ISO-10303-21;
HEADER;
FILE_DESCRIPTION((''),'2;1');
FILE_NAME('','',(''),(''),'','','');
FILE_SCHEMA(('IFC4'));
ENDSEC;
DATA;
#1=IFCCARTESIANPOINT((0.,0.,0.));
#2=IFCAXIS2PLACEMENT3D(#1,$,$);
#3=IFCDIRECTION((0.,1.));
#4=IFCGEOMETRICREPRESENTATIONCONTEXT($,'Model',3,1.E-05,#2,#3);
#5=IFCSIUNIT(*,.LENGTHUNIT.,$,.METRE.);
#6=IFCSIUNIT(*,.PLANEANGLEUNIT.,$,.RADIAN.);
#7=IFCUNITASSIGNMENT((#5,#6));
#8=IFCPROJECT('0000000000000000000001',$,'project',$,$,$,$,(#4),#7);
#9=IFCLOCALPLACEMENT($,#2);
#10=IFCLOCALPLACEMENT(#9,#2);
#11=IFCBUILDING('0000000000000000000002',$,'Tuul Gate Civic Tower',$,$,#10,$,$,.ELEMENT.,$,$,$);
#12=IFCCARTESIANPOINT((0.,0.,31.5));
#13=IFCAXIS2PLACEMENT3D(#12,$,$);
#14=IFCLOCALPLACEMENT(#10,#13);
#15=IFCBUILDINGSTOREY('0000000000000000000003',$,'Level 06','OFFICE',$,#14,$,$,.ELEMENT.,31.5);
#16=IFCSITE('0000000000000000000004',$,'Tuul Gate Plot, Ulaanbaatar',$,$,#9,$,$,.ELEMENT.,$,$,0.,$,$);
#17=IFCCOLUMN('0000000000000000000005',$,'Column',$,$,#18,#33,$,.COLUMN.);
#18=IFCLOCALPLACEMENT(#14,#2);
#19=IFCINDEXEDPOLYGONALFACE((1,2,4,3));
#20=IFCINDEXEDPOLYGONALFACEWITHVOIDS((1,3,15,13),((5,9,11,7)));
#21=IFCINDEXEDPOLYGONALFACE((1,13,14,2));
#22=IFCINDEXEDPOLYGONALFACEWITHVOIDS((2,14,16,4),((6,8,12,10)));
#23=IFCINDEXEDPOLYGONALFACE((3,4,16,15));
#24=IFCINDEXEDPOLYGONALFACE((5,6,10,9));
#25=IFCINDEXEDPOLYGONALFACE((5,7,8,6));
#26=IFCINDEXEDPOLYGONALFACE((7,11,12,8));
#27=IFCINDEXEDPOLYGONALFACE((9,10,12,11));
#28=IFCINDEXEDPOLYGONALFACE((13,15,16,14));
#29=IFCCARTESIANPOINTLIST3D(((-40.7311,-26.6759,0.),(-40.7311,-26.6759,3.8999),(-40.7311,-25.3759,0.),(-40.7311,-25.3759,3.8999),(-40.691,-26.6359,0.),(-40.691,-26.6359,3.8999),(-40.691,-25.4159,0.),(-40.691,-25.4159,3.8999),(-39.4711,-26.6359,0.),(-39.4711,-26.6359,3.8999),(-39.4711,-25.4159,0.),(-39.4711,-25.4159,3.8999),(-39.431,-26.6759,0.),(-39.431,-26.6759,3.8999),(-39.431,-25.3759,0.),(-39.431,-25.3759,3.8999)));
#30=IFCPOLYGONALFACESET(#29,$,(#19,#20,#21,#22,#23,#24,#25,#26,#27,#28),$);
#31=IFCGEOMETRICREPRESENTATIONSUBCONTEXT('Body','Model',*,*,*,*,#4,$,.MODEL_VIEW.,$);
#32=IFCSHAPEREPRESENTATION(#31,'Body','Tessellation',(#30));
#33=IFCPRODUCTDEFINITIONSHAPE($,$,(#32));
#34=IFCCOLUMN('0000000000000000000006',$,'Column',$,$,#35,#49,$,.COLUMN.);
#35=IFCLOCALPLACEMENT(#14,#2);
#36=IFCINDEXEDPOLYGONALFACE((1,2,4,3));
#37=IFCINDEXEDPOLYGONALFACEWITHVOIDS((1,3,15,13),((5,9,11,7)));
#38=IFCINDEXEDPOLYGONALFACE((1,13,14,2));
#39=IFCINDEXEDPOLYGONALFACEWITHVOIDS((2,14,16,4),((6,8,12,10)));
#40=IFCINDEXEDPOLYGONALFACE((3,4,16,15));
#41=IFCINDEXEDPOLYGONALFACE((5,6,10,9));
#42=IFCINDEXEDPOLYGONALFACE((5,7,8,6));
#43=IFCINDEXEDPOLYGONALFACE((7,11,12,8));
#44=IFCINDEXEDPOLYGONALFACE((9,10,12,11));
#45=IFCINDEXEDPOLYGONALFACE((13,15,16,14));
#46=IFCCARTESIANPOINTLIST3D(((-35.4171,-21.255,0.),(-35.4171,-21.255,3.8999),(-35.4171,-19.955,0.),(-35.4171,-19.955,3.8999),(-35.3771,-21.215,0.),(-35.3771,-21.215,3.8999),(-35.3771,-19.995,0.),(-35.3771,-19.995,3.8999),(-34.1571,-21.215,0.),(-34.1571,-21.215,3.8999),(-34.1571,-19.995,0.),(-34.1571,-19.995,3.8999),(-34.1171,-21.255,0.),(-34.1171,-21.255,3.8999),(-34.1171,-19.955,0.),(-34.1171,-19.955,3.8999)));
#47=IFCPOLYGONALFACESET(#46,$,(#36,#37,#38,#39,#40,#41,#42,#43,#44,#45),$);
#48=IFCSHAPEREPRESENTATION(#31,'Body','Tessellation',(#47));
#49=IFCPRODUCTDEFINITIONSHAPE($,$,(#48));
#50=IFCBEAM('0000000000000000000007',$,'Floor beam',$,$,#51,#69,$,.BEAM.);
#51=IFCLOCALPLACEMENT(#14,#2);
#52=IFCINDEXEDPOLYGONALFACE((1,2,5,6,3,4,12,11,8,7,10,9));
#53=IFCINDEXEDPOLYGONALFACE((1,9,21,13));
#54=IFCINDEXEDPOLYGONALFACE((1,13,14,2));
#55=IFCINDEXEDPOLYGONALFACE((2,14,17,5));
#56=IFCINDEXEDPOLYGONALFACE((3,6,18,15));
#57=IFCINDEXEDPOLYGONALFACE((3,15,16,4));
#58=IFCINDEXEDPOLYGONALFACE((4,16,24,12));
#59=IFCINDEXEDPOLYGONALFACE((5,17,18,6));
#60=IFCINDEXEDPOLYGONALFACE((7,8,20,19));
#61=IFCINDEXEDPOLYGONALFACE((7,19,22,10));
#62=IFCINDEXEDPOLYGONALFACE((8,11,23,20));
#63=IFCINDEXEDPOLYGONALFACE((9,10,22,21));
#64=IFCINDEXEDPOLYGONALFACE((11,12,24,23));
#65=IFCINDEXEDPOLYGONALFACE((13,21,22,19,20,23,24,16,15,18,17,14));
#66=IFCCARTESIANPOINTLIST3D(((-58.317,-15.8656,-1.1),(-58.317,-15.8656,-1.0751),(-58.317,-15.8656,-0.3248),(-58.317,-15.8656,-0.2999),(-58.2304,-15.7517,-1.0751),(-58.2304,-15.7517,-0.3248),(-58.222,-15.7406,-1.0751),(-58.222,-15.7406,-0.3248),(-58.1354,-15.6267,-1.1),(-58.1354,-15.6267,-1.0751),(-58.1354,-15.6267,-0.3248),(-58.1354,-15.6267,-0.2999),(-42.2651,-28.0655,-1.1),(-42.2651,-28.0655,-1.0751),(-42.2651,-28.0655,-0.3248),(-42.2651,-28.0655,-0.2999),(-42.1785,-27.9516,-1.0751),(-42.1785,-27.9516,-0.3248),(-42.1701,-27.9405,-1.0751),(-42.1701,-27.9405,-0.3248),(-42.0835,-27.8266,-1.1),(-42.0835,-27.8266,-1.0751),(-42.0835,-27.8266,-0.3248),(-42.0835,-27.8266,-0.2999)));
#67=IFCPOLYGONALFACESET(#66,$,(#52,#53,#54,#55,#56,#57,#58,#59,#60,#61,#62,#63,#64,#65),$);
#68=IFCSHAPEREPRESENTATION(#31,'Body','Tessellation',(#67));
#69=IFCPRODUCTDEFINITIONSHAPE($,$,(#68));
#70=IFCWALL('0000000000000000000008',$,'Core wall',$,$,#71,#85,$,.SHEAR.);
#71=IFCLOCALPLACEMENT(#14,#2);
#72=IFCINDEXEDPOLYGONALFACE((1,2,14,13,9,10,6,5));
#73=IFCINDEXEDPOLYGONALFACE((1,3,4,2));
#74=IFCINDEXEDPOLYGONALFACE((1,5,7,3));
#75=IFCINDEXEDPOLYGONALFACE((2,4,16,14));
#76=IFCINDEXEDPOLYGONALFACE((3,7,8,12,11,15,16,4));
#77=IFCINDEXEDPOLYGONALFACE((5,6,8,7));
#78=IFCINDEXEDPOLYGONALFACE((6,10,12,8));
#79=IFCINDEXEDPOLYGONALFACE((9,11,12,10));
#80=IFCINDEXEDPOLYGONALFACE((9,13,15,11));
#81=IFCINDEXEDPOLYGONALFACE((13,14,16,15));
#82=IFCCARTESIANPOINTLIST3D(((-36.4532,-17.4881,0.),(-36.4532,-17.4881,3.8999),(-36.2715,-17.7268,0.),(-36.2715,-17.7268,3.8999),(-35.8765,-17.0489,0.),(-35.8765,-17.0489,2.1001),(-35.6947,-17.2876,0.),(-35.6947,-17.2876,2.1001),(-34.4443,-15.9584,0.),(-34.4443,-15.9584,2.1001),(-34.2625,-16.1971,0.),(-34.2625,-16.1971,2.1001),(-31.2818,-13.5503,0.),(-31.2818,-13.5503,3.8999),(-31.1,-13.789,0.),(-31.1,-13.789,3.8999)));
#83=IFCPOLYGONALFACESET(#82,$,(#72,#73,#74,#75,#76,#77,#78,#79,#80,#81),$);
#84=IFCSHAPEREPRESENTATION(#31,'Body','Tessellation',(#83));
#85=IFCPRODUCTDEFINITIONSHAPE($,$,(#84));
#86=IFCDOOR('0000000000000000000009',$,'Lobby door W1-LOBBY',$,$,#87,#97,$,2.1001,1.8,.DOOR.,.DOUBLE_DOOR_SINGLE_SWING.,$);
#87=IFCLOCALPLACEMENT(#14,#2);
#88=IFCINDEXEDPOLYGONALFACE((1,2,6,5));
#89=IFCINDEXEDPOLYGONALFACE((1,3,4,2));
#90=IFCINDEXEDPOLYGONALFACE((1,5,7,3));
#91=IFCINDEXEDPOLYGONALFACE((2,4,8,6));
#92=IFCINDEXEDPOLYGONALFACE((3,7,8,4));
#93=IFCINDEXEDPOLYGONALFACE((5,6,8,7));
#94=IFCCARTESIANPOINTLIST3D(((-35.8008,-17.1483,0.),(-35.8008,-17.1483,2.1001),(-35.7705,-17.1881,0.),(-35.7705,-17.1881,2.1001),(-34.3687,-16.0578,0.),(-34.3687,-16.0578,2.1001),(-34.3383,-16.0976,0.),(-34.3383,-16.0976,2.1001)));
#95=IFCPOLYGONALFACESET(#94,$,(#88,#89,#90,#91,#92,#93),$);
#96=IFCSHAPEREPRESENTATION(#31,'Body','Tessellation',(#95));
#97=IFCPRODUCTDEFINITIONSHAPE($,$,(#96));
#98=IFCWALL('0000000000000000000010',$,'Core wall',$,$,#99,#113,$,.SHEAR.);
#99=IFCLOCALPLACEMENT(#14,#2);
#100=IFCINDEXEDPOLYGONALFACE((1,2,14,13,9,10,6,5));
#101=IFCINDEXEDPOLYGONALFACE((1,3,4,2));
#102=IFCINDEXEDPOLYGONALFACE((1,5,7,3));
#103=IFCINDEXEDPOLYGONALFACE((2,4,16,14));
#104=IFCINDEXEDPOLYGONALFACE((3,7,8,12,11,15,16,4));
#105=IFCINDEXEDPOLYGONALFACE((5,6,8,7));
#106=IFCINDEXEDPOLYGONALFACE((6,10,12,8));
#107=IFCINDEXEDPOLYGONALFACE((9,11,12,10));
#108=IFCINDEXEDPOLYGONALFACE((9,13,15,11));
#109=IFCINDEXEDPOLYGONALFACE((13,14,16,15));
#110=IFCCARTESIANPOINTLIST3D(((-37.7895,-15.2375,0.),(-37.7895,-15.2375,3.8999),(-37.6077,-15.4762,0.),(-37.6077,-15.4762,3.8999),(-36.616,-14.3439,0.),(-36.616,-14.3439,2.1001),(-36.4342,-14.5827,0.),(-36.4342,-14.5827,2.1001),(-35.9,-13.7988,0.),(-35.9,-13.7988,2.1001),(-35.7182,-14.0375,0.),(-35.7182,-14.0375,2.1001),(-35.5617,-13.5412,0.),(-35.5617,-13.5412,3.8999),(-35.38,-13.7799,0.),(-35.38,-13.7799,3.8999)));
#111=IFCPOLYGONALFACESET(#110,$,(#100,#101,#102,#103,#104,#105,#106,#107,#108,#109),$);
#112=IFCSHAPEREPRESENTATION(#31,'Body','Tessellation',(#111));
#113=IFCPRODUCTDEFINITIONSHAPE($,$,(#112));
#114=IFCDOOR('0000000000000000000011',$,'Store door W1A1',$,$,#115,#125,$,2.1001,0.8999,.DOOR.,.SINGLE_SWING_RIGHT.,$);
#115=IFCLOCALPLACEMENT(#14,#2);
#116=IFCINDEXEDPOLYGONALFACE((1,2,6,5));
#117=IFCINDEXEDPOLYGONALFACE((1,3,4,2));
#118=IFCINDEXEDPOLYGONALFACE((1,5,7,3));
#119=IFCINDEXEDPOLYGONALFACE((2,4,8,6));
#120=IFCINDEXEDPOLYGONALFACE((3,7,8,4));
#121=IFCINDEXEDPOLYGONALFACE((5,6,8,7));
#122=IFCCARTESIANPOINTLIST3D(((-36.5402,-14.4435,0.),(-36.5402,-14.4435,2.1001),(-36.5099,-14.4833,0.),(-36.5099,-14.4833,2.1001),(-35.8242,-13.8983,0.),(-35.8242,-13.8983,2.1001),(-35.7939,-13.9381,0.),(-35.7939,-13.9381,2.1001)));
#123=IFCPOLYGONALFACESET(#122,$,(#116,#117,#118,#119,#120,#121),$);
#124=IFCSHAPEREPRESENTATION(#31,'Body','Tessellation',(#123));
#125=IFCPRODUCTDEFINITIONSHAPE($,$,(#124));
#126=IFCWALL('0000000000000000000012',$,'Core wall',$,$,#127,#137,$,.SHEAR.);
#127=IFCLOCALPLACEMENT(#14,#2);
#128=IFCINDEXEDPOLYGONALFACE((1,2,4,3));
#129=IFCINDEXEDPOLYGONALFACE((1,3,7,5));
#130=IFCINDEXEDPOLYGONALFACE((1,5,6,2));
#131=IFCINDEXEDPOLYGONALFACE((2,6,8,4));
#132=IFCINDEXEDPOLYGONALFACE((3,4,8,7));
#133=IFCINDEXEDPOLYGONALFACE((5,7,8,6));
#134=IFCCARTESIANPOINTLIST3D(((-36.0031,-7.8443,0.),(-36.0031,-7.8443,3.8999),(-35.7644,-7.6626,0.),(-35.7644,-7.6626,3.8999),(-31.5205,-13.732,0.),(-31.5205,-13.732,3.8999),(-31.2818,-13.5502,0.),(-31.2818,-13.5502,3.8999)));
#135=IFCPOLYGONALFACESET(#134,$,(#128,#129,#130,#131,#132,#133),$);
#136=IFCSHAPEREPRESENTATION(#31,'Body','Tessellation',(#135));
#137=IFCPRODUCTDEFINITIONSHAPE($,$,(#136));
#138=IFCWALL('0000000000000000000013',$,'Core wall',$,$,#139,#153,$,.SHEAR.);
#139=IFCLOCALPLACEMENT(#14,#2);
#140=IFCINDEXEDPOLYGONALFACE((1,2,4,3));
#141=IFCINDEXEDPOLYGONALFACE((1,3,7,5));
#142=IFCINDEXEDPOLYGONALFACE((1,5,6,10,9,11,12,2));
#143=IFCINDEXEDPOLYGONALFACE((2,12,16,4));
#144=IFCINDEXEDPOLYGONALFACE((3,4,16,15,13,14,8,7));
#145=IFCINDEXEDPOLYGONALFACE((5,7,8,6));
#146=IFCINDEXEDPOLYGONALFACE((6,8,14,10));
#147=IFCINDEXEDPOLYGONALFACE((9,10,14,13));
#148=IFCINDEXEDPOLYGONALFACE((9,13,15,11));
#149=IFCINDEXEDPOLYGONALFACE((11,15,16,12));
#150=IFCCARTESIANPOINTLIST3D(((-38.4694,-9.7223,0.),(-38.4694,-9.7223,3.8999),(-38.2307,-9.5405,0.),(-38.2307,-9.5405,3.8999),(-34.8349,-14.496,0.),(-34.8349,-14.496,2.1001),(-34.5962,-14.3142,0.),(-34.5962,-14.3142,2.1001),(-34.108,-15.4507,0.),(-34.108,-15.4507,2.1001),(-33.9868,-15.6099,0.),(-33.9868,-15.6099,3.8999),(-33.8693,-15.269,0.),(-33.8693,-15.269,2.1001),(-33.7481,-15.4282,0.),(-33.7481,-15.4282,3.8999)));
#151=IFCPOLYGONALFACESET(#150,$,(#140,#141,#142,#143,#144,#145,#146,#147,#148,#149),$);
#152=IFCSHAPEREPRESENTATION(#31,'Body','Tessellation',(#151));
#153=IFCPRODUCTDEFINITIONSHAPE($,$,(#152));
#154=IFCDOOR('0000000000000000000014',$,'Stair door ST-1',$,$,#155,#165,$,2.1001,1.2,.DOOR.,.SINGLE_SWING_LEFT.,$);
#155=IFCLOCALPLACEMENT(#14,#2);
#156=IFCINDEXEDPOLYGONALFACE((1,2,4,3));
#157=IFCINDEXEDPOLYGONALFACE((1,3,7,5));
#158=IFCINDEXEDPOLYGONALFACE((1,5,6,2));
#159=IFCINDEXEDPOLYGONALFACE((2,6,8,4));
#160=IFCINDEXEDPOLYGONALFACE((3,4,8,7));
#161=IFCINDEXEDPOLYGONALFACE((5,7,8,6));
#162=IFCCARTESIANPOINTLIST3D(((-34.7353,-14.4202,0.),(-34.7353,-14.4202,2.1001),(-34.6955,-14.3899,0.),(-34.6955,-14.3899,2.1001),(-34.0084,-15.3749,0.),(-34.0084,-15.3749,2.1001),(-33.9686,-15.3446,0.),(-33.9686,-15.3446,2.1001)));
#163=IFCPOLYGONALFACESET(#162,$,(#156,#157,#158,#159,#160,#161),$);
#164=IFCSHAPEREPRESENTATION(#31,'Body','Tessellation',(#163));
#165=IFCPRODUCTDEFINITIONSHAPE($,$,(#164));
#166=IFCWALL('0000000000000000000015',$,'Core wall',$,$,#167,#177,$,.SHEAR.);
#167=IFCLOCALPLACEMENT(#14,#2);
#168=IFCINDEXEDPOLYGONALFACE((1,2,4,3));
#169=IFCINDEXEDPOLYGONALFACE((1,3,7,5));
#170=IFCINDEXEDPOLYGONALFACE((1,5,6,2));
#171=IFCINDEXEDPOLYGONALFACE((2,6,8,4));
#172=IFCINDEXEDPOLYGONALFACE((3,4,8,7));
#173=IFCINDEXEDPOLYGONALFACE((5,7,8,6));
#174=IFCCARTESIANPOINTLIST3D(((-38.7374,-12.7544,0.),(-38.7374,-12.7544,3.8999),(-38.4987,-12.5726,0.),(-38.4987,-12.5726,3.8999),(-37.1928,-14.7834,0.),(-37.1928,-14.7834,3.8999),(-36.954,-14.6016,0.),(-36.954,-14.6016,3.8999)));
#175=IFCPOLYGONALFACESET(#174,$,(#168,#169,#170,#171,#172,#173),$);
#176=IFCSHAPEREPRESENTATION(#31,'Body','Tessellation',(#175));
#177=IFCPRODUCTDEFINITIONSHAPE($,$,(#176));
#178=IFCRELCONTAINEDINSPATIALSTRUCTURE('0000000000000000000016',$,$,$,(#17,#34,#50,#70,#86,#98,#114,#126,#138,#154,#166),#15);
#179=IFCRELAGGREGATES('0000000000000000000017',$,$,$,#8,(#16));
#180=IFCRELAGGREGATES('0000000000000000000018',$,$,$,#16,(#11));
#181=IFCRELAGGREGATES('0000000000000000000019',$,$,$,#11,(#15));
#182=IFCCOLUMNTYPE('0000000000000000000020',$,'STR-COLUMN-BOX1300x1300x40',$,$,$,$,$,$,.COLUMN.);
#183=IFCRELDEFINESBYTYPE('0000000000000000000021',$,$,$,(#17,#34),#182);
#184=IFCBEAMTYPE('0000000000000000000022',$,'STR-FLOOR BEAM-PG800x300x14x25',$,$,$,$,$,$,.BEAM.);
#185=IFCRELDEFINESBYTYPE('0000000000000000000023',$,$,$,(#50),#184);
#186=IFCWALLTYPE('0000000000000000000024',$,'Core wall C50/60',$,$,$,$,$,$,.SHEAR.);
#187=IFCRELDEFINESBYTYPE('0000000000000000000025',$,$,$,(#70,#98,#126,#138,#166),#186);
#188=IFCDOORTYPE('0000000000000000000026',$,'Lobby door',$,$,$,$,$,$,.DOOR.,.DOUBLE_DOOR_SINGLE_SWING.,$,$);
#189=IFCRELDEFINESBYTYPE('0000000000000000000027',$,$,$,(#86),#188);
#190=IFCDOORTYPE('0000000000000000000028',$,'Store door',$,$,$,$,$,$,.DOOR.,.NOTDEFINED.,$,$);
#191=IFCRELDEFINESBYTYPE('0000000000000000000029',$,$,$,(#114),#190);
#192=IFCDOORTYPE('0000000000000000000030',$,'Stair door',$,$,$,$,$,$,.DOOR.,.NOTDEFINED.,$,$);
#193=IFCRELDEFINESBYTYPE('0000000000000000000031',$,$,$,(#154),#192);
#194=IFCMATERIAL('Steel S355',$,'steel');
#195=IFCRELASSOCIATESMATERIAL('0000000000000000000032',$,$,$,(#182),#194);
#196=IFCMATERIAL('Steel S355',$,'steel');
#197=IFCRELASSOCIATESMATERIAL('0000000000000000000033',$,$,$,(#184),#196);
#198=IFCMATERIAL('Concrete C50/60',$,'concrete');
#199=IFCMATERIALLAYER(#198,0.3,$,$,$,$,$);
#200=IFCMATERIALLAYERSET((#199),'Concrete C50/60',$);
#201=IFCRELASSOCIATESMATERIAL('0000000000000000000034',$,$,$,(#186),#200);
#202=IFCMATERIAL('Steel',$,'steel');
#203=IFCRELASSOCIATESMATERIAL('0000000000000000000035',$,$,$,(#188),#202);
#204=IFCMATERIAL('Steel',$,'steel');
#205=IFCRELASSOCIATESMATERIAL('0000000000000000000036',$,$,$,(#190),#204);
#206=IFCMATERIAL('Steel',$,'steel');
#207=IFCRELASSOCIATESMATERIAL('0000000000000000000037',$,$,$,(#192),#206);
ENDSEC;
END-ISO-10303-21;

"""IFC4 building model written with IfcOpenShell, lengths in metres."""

from ifc_helpers import new_model, si_unit, direction, frame, frame_2d, origin, origin_2d, place, context, subcontext, project, spatial, rectangle, hollow_rectangle, i_section, extrude, material, layer, layer_set, material_profile, profile_set, type_object, element, fill, save


model = new_model("IFC4")

# Units and contexts
model_context = context("Model", 3, precision=1e-05, world=origin(), true_north=direction((0.0, 1.0)))
body_context = subcontext(model_context, "Body", "Model", "MODEL_VIEW")
ifc_project = project(units=[si_unit("LENGTHUNIT", "METRE"), si_unit("PLANEANGLEUNIT", "RADIAN")], contexts=[model_context])

# Site, building, storey
site_placement = place(None, origin())
site = spatial("IfcSite", under=ifc_project, at=site_placement, Name="Tuul Gate Plot, Ulaanbaatar", CompositionType="ELEMENT", RefElevation=0.0)
building_placement = place(site_placement, origin())
building = spatial("IfcBuilding", under=site, at=building_placement, Name="Tuul Gate Civic Tower", CompositionType="ELEMENT")
storey_placement = place(building_placement, frame((0.0, 0.0, 31.5)))
storey = spatial("IfcBuildingStorey", under=building, at=storey_placement, Name="Level 06", Description="OFFICE", CompositionType="ELEMENT", Elevation=31.5)

# Columns
ifc_material_1 = material(Name="Steel S355", Category="steel")
ifc_material_profile_1 = material_profile(ifc_material_1, hollow_rectangle(XDim=1.3, YDim=1.3, WallThickness=0.04, at=origin_2d()), Name="BOX1300x1300x40")
ifc_profile_set_1 = profile_set([ifc_material_profile_1], Name="Steel S355")
column_type = type_object("IfcColumnType", Name="STR-COLUMN-BOX1300x1300x40", PredefinedType="COLUMN", material=ifc_profile_set_1)
for number, where, z_axis, x_axis, name in (
    (1, (-40.0811, -26.0259, 0.0), (0.0, 0.0, 1.0), (1.0, 0.0, 0.0), "Column"),
    (2, (-34.7671, -20.605, 0.0), (0.0, 0.0, 1.0), (1.0, 0.0, 0.0), "Column"),
):
    element("IfcColumn", number, at=place(storey_placement, frame(where, z_axis=z_axis, x_axis=x_axis)), inside=storey, type_object=column_type, Name=name, PredefinedType="COLUMN", context=body_context, shape_type="SweptSolid", body=[
        extrude(hollow_rectangle(XDim=1.3, YDim=1.3, WallThickness=0.04, at=origin_2d()), origin(), (0.0, 0.0, 1.0), 3.8999),
    ])

# Beam
ifc_material_2 = material(Name="Steel S355", Category="steel")
ifc_material_profile_2 = material_profile(ifc_material_2, i_section(OverallWidth=0.3, OverallDepth=0.8, WebThickness=0.0139, FlangeThickness=0.0249, at=origin_2d()), Name="PG800x300x14x25")
ifc_profile_set_2 = profile_set([ifc_material_profile_2], Name="Steel S355")
beam_type = type_object("IfcBeamType", Name="STR-FLOOR BEAM-PG800x300x14x25", PredefinedType="BEAM", material=ifc_profile_set_2)
beam_placement = place(storey_placement, frame((-42.1743, -27.946, -0.7), z_axis=(-0.796152, 0.605097, 0.0), x_axis=(-0.605097, -0.796152, 0.0)))
element("IfcBeam", 3, at=beam_placement, inside=storey, type_object=beam_type, Name="Floor beam", PredefinedType="BEAM", context=body_context, shape_type="SweptSolid", body=[
    extrude(i_section(OverallWidth=0.3, OverallDepth=0.8, WebThickness=0.0139, FlangeThickness=0.0249, at=origin_2d()), origin(), (0.0, 0.0, 1.0), 20.1619),
])

# Walls, openings, doors
ifc_material_3 = material(Name="Concrete C50/60", Category="concrete")
ifc_layer_1 = layer(ifc_material_3, 0.3)
ifc_layer_set_1 = layer_set([ifc_layer_1], Name="Concrete C50/60")
wall_type_1 = type_object("IfcWallType", Name="Core wall C50/60", PredefinedType="SHEAR", material=ifc_layer_set_1)
wall_1_placement = place(storey_placement, frame((-31.1909, -13.6697, 0.0), z_axis=(0.0, 0.0, 1.0), x_axis=(-0.795607, -0.605813, 0.0)))
wall_1 = element("IfcWall", 4, at=wall_1_placement, inside=storey, type_object=wall_type_1, Name="Core wall", PredefinedType="SHEAR", context=body_context, shape_type="SweptSolid", body=[
    extrude(rectangle(XDim=6.5, YDim=0.3, at=frame_2d((3.25, 0.0))), origin(), (0.0, 0.0, 1.0), 3.8999),
])
opening_1_placement = place(wall_1_placement, frame((3.9751, 0.0, 0.0)))
opening_1 = element("IfcOpeningElement", 5, at=opening_1_placement, cuts=wall_1, PredefinedType="OPENING", context=body_context, shape_type="SweptSolid", body=[
    extrude(rectangle(XDim=1.8, YDim=2.1001, at=frame_2d((0.8999, 1.05))), frame((0.0, 0.1602, 0.0), z_axis=(0.0, -1.0, 0.0), x_axis=(1.0, 0.0, 0.0)), (0.0, 0.0, 1.0), 0.3201),
])
ifc_material_4 = material(Name="Steel", Category="steel")
door_type_1 = type_object("IfcDoorType", Name="Lobby door", OperationType="DOUBLE_DOOR_SINGLE_SWING", PredefinedType="DOOR", material=ifc_material_4)
door_1_placement = place(opening_1_placement, origin())
door_1 = element("IfcDoor", 6, at=door_1_placement, inside=storey, type_object=door_type_1, Name="Lobby door W1-LOBBY", OperationType="DOUBLE_DOOR_SINGLE_SWING", OverallHeight=2.1001, OverallWidth=1.8, PredefinedType="DOOR", context=body_context, shape_type="SweptSolid", body=[
    extrude(rectangle(XDim=1.8, YDim=2.1001, at=frame_2d((0.8999, 1.05))), frame((0.0, 0.0249, 0.0), z_axis=(0.0, -1.0, 0.0), x_axis=(1.0, 0.0, 0.0)), (0.0, 0.0, 1.0), 0.05),
])
fill(opening_1, door_1)
wall_2_placement = place(storey_placement, frame((-35.4709, -13.6606, 0.0), z_axis=(0.0, 0.0, 1.0), x_axis=(-0.795616, -0.605802, 0.0)))
wall_2 = element("IfcWall", 7, at=wall_2_placement, inside=storey, type_object=wall_type_1, Name="Core wall", PredefinedType="SHEAR", context=body_context, shape_type="SweptSolid", body=[
    extrude(rectangle(XDim=2.8, YDim=0.3, at=frame_2d((1.3999, 0.0))), origin(), (0.0, 0.0, 1.0), 3.8999),
])
opening_2_placement = place(wall_2_placement, frame((0.425, 0.0, 0.0)))
opening_2 = element("IfcOpeningElement", 8, at=opening_2_placement, cuts=wall_2, PredefinedType="OPENING", context=body_context, shape_type="SweptSolid", body=[
    extrude(rectangle(XDim=0.8999, YDim=2.1001, at=frame_2d((0.45, 1.05))), frame((0.0, 0.1602, 0.0), z_axis=(0.0, -1.0, 0.0), x_axis=(1.0, 0.0, 0.0)), (0.0, 0.0, 1.0), 0.3201),
])
ifc_material_5 = material(Name="Steel", Category="steel")
door_type_2 = type_object("IfcDoorType", Name="Store door", OperationType="NOTDEFINED", PredefinedType="DOOR", material=ifc_material_5)
door_2_placement = place(opening_2_placement, frame((0.8999, 0.0, 0.0), z_axis=(0.0, 0.0, 1.0), x_axis=(-1.0, 0.0, 0.0)))
door_2 = element("IfcDoor", 9, at=door_2_placement, inside=storey, type_object=door_type_2, Name="Store door W1A1", OperationType="SINGLE_SWING_RIGHT", OverallHeight=2.1001, OverallWidth=0.8999, PredefinedType="DOOR", context=body_context, shape_type="SweptSolid", body=[
    extrude(rectangle(XDim=0.8999, YDim=2.1001, at=frame_2d((0.45, 1.05))), frame((0.0, 0.0249, 0.0), z_axis=(0.0, -1.0, 0.0), x_axis=(1.0, 0.0, 0.0)), (0.0, 0.0, 1.0), 0.05),
])
fill(opening_2, door_2)

# Wall
wall_3_placement = place(storey_placement, frame((-31.4011, -13.6411, 0.0), z_axis=(0.0, 0.0, 1.0), x_axis=(-0.60577, 0.79564, 0.0)))
element("IfcWall", 10, at=wall_3_placement, inside=storey, type_object=wall_type_1, Name="Core wall", PredefinedType="SHEAR", context=body_context, shape_type="SweptSolid", body=[
    extrude(rectangle(XDim=7.3999, YDim=0.3, at=frame_2d((3.7, 0.0))), origin(), (0.0, 0.0, 1.0), 3.8999),
])

# Wall, opening, door
wall_4_placement = place(storey_placement, frame((-33.8674, -15.519, 0.0), z_axis=(0.0, 0.0, 1.0), x_axis=(-0.60577, 0.79564, 0.0)))
wall_4 = element("IfcWall", 11, at=wall_4_placement, inside=storey, type_object=wall_type_1, Name="Core wall", PredefinedType="SHEAR", context=body_context, shape_type="SweptSolid", body=[
    extrude(rectangle(XDim=7.3999, YDim=0.3, at=frame_2d((3.7, 0.0))), origin(), (0.0, 0.0, 1.0), 3.8999),
])
opening_3_placement = place(wall_4_placement, frame((0.2, 0.0, 0.0)))
opening_3 = element("IfcOpeningElement", 12, at=opening_3_placement, cuts=wall_4, PredefinedType="OPENING", context=body_context, shape_type="SweptSolid", body=[
    extrude(rectangle(XDim=1.2, YDim=2.1001, at=frame_2d((0.6001, 1.05))), frame((0.0, 0.1602, 0.0), z_axis=(0.0, -1.0, 0.0), x_axis=(1.0, 0.0, 0.0)), (0.0, 0.0, 1.0), 0.3201),
])
ifc_material_6 = material(Name="Steel", Category="steel")
door_type_3 = type_object("IfcDoorType", Name="Stair door", OperationType="NOTDEFINED", PredefinedType="DOOR", material=ifc_material_6)
door_3_placement = place(opening_3_placement, origin())
door_3 = element("IfcDoor", 13, at=door_3_placement, inside=storey, type_object=door_type_3, Name="Stair door ST-1", OperationType="SINGLE_SWING_LEFT", OverallHeight=2.1001, OverallWidth=1.2, PredefinedType="DOOR", context=body_context, shape_type="SweptSolid", body=[
    extrude(rectangle(XDim=1.2, YDim=2.1001, at=frame_2d((0.6001, 1.05))), frame((0.0, 0.0249, 0.0), z_axis=(0.0, -1.0, 0.0), x_axis=(1.0, 0.0, 0.0)), (0.0, 0.0, 1.0), 0.05),
])
fill(opening_3, door_3)

# Wall
wall_5_placement = place(storey_placement, frame((-37.0735, -14.6924, 0.0), z_axis=(0.0, 0.0, 1.0), x_axis=(-0.605729, 0.795671, 0.0)))
element("IfcWall", 14, at=wall_5_placement, inside=storey, type_object=wall_type_1, Name="Core wall", PredefinedType="SHEAR", context=body_context, shape_type="SweptSolid", body=[
    extrude(rectangle(XDim=2.55, YDim=0.3, at=frame_2d((1.2749, 0.0))), origin(), (0.0, 0.0, 1.0), 3.8999),
])

save(model, "model.ifc")
